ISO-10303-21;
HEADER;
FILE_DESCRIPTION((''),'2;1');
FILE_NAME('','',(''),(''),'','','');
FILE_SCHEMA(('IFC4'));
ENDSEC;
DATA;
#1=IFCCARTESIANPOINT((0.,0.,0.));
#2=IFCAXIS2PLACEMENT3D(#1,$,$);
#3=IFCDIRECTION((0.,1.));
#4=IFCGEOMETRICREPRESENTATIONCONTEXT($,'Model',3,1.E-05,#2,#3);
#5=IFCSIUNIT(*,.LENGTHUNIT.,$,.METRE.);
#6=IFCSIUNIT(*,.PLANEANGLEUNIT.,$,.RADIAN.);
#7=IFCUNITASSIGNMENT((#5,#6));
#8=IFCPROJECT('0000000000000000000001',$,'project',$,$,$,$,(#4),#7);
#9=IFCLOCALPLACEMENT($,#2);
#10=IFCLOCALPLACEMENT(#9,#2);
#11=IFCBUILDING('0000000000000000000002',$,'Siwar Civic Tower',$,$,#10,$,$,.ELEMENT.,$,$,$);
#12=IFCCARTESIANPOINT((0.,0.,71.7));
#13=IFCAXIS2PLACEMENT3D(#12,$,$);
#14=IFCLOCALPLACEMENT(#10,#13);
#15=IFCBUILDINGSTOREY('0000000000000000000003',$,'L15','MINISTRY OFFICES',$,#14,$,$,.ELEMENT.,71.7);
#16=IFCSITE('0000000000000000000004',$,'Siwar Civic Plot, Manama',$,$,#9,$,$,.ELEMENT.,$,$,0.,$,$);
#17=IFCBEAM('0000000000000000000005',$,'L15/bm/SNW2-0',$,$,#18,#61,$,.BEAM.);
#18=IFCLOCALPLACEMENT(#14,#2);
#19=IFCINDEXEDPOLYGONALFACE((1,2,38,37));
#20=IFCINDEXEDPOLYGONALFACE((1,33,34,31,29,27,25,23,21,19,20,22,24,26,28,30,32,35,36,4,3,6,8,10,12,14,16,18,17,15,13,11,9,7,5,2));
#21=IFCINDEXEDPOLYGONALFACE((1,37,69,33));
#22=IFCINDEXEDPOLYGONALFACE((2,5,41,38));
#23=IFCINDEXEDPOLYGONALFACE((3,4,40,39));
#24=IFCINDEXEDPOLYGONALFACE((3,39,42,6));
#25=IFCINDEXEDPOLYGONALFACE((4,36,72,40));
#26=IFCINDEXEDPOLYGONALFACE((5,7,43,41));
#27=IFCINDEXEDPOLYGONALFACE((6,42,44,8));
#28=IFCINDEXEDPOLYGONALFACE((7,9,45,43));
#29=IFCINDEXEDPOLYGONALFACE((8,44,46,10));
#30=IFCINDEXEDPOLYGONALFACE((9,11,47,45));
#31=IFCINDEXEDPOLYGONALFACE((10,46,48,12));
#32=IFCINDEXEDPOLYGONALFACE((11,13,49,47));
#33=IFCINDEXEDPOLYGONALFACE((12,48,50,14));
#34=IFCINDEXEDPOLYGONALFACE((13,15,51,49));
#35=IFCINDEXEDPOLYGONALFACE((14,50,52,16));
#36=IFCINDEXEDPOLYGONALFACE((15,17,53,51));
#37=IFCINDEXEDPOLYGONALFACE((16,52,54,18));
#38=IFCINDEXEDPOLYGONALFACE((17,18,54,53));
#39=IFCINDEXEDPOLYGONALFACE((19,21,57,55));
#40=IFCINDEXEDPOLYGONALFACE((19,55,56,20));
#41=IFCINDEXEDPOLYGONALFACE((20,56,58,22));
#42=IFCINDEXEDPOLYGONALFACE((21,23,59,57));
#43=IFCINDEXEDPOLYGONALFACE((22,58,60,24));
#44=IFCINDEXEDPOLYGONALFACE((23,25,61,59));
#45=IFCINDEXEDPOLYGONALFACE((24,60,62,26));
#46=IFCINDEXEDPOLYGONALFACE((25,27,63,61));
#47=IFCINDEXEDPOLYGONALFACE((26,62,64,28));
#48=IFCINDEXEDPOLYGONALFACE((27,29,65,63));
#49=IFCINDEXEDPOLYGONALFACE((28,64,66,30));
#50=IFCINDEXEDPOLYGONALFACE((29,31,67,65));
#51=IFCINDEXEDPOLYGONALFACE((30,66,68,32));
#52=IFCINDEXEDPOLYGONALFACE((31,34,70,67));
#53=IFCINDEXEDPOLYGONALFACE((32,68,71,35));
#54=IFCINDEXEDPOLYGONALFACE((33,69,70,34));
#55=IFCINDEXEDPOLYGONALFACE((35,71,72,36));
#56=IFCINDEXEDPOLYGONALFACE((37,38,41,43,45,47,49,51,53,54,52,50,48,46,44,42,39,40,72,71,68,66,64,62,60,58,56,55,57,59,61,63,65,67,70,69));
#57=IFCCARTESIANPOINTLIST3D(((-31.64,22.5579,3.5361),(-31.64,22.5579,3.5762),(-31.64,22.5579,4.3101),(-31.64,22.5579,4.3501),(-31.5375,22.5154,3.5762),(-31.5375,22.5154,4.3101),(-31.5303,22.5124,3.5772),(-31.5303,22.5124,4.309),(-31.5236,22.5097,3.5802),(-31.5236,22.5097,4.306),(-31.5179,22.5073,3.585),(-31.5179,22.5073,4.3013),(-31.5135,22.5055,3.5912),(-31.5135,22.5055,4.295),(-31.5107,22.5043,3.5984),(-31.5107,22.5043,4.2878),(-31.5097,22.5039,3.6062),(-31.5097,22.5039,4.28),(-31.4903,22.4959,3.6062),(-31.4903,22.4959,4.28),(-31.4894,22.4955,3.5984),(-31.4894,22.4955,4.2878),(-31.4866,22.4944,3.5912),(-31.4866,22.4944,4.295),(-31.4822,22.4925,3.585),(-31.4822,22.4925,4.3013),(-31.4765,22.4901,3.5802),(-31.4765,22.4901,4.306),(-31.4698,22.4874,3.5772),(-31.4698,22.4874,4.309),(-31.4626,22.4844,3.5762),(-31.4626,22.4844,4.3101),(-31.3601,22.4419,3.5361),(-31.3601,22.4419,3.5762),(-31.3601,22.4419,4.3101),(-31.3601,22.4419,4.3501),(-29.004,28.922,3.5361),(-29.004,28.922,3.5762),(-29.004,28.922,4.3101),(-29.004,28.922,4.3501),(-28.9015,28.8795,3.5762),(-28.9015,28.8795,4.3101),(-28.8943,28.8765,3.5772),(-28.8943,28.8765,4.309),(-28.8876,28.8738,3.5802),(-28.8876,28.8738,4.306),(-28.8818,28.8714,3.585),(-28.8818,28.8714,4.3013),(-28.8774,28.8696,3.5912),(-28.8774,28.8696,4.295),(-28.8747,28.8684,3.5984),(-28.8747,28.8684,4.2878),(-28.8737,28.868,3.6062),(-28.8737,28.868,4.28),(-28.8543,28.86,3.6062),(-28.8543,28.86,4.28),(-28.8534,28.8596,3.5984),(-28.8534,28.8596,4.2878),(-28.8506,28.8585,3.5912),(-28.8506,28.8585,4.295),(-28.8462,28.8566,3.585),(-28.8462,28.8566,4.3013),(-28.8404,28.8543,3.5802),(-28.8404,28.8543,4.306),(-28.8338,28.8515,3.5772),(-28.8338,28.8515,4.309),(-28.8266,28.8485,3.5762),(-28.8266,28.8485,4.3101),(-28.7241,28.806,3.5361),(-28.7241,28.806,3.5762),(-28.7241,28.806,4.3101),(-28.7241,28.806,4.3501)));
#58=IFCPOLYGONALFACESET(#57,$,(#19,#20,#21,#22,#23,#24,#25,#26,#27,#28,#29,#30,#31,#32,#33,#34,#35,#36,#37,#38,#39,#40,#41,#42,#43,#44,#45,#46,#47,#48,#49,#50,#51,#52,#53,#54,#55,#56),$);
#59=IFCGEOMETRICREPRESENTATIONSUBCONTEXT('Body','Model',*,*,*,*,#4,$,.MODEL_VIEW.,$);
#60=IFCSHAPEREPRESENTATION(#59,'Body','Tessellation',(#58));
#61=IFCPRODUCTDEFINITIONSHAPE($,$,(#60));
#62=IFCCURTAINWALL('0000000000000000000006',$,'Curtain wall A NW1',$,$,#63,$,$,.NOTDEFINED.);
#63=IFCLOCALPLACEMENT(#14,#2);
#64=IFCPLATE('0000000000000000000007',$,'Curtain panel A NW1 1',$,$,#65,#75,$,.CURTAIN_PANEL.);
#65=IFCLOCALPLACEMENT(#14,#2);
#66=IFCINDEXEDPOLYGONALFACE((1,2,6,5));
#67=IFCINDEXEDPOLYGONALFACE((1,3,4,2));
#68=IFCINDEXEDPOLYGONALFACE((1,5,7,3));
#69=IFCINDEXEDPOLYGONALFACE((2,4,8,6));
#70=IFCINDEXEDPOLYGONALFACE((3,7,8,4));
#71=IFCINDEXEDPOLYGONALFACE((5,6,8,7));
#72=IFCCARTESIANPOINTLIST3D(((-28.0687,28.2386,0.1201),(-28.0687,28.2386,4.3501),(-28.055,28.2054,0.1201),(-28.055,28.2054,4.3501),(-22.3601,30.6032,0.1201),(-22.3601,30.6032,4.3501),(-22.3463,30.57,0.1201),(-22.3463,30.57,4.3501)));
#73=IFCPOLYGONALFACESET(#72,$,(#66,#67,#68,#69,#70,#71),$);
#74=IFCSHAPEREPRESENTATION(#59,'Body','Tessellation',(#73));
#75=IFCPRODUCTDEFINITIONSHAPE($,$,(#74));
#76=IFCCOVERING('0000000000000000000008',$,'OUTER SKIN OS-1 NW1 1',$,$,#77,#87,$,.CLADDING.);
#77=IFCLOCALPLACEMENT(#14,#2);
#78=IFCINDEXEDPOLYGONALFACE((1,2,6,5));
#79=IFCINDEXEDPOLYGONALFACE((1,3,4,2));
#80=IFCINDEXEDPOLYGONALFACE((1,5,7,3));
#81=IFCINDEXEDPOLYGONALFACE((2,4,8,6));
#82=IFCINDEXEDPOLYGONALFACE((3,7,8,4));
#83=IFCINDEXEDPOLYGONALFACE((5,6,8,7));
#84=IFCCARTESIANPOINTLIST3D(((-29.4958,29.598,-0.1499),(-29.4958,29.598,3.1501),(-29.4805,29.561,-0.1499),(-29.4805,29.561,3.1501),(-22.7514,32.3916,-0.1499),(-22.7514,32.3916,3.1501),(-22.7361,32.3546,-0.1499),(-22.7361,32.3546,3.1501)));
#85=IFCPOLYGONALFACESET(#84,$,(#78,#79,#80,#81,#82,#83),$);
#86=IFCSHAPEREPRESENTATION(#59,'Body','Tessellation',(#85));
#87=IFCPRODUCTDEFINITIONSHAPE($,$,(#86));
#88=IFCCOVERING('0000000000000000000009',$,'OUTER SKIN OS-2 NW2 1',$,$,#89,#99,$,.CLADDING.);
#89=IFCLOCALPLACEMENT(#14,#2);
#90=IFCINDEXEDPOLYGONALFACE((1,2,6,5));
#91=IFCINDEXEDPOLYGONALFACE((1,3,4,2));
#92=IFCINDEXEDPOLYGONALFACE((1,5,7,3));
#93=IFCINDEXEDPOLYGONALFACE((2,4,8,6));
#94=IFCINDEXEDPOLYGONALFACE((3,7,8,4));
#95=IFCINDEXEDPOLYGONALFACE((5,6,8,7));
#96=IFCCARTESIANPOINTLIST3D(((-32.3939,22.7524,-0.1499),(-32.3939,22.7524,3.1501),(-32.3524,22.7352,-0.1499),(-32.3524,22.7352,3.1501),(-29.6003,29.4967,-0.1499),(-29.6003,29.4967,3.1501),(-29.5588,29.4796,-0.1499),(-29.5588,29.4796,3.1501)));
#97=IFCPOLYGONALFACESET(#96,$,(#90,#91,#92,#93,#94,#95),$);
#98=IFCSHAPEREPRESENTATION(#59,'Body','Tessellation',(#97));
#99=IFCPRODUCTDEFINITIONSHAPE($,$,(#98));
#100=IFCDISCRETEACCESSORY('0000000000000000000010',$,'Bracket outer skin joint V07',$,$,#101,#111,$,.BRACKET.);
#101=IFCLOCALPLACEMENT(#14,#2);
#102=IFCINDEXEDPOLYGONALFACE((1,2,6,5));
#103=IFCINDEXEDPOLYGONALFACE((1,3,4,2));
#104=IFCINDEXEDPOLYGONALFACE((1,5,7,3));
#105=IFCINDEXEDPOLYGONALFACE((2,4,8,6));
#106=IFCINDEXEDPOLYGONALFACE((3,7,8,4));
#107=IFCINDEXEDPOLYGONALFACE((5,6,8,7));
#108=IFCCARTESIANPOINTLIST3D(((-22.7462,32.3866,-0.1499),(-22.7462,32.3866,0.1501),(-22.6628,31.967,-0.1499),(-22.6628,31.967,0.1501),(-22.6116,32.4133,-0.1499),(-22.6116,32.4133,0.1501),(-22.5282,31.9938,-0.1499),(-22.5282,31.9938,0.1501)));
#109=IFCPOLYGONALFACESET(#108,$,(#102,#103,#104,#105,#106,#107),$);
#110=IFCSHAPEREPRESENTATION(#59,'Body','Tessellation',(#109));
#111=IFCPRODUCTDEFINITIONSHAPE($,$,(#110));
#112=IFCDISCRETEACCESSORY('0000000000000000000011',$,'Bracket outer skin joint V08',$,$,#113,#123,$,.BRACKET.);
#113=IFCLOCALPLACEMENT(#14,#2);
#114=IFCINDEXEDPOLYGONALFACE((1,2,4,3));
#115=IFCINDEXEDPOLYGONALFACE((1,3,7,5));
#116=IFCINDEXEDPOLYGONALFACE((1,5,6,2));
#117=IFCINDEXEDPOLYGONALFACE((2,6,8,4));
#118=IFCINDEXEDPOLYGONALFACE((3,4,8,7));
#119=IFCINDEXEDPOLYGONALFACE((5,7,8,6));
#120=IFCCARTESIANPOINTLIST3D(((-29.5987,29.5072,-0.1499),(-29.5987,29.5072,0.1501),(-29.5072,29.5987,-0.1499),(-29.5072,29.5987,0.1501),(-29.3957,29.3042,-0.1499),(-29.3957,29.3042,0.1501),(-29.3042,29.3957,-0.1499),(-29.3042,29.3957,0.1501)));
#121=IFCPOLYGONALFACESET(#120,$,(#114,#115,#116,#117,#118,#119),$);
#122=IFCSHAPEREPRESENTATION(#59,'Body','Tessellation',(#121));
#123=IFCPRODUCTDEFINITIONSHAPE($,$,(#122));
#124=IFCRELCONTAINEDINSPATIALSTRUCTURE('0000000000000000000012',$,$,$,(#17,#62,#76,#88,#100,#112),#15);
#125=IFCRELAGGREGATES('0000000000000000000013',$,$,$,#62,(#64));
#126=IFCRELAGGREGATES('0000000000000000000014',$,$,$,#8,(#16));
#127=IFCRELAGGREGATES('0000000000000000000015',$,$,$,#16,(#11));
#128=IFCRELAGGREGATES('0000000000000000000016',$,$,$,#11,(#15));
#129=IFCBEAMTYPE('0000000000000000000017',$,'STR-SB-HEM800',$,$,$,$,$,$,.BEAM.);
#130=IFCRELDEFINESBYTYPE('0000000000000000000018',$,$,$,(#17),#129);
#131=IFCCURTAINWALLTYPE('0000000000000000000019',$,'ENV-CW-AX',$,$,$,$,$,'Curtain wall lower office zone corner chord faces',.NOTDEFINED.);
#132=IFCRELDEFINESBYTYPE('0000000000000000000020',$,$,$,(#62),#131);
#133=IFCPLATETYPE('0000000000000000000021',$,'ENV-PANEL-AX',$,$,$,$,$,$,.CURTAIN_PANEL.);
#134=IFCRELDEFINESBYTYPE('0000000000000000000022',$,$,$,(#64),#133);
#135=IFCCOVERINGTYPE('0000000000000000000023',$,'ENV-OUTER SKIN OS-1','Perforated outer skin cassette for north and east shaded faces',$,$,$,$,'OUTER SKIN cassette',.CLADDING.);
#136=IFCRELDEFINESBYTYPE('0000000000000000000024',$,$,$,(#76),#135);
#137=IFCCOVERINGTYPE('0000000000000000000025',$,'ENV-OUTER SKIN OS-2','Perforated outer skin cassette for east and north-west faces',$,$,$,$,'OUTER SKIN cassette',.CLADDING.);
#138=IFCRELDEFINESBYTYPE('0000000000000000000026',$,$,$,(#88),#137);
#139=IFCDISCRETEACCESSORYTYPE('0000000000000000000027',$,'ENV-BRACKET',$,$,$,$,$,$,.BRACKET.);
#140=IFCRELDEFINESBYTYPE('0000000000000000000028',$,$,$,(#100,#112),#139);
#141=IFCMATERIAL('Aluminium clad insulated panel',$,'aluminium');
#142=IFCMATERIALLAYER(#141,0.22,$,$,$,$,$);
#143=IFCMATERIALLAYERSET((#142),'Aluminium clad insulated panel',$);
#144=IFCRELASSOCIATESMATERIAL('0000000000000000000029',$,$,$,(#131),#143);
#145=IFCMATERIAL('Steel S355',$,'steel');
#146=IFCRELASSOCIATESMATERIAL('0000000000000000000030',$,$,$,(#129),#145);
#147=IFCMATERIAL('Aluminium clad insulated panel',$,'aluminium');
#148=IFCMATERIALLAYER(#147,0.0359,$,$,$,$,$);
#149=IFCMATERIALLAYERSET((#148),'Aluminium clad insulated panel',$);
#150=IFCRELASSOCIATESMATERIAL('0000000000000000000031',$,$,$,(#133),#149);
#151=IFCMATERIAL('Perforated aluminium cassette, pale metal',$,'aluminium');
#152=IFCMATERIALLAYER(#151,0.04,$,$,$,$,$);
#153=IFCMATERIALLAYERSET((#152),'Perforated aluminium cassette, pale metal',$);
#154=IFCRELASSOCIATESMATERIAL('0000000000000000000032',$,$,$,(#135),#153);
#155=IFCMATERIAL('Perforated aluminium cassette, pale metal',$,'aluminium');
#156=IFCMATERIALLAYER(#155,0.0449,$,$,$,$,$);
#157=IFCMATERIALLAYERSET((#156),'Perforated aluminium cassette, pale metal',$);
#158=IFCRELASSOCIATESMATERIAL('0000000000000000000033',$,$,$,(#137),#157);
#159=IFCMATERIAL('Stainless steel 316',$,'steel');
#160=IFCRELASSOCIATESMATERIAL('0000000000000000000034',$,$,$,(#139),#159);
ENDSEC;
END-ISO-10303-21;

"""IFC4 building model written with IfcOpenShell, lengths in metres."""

from ifc_helpers import new_model, si_unit, direction, frame, origin, origin_2d, place, context, subcontext, project, spatial, rectangle, i_section, extrude, material, layer, layer_set, material_profile, profile_set, type_object, element, aggregate, save


model = new_model("IFC4")

# Units and contexts
model_context = context("Model", 3, precision=1e-05, world=origin(), true_north=direction((0.0, 1.0)))
body_context = subcontext(model_context, "Body", "Model", "MODEL_VIEW")
ifc_project = project(units=[si_unit("LENGTHUNIT", "METRE"), si_unit("PLANEANGLEUNIT", "RADIAN")], contexts=[model_context])

# Site, building, storey
site_placement = place(None, origin())
site = spatial("IfcSite", under=ifc_project, at=site_placement, Name="Siwar Civic Plot, Manama", CompositionType="ELEMENT", RefElevation=0.0)
building_placement = place(site_placement, origin())
building = spatial("IfcBuilding", under=site, at=building_placement, Name="Siwar Civic Tower", CompositionType="ELEMENT")
storey_placement = place(building_placement, frame((0.0, 0.0, 71.7)))
storey = spatial("IfcBuildingStorey", under=building, at=storey_placement, Name="L15", Description="MINISTRY OFFICES", CompositionType="ELEMENT", Elevation=71.7)

# Shared definitions
ifc_material_1 = material(Name="Aluminium clad insulated panel", Category="aluminium")
ifc_layer_1 = layer(ifc_material_1, 0.22)
ifc_layer_set_1 = layer_set([ifc_layer_1], Name="Aluminium clad insulated panel")
curtain_wall_type = type_object("IfcCurtainWallType", Name="ENV-CW-AX", ElementType="Curtain wall lower office zone corner chord faces", PredefinedType="NOTDEFINED", material=ifc_layer_set_1)

# Beam
ifc_material_2 = material(Name="Steel S355", Category="steel")
ifc_material_profile_1 = material_profile(ifc_material_2, i_section(OverallWidth=0.303, OverallDepth=0.814, WebThickness=0.021, FlangeThickness=0.04, FilletRadius=0.03, at=origin_2d()), Name="HEM800")
ifc_profile_set_1 = profile_set([ifc_material_profile_1], Name="Steel S355")
beam_type_1 = type_object("IfcBeamType", Name="STR-SB-HEM800", PredefinedType="BEAM", material=ifc_profile_set_1)
beam_1_placement = place(storey_placement, frame((-28.864, 28.864, 3.9431), z_axis=(-0.382674, -0.923883, 0.0), x_axis=(0.923883, -0.382674, 0.0)))
element("IfcBeam", 1, at=beam_1_placement, inside=storey, type_object=beam_type_1, Name="L15/bm/SNW2-0", PredefinedType="BEAM", context=body_context, shape_type="SweptSolid", body=[
    extrude(i_section(OverallWidth=0.303, OverallDepth=0.814, WebThickness=0.021, FlangeThickness=0.04, FilletRadius=0.03, at=origin_2d()), origin(), (0.0, 0.0, 1.0), 6.8884),
])

# Curtain wall, plate
curtain_wall_1_placement = place(storey_placement, origin())
curtain_wall_1 = element("IfcCurtainWall", 2, at=curtain_wall_1_placement, inside=storey, type_object=curtain_wall_type, Name="Curtain wall A NW1", PredefinedType="NOTDEFINED")
ifc_material_3 = material(Name="Aluminium clad insulated panel", Category="aluminium")
ifc_layer_2 = layer(ifc_material_3, 0.0359)
ifc_layer_set_2 = layer_set([ifc_layer_2], Name="Aluminium clad insulated panel")
plate_type = type_object("IfcPlateType", Name="ENV-PANEL-AX", PredefinedType="CURTAIN_PANEL", material=ifc_layer_set_2)
plate_placement = place(storey_placement, frame((-25.2075, 29.4043, 0.1201), z_axis=(0.0, 0.0, 1.0), x_axis=(-0.92388, -0.382683, 0.0)))
plate = element("IfcPlate", 3, at=plate_placement, type_object=plate_type, Name="Curtain panel A NW1 1", PredefinedType="CURTAIN_PANEL", context=body_context, shape_type="SweptSolid", body=[
    extrude(rectangle(XDim=6.179, YDim=0.0359, at=origin_2d()), origin(), (0.0, 0.0, 1.0), 4.23),
])
aggregate(curtain_wall_1, [plate])

# Coverings
ifc_material_4 = material(Name="Perforated aluminium cassette, pale metal", Category="aluminium")
ifc_layer_3 = layer(ifc_material_4, 0.04)
ifc_layer_set_3 = layer_set([ifc_layer_3], Name="Perforated aluminium cassette, pale metal")
covering_type_1 = type_object("IfcCoveringType", Name="ENV-OUTER SKIN OS-1", Description="Perforated outer skin cassette for north and east shaded faces", ElementType="OUTER SKIN cassette", PredefinedType="CLADDING", material=ifc_layer_set_3)
covering_1_placement = place(storey_placement, frame((-26.116, 30.9763, -0.1499), z_axis=(0.0, 0.0, 1.0), x_axis=(-0.92388, -0.382683, 0.0)))
element("IfcCovering", 4, at=covering_1_placement, inside=storey, type_object=covering_type_1, Name="OUTER SKIN OS-1 NW1 1", PredefinedType="CLADDING", context=body_context, shape_type="SweptSolid", body=[
    extrude(rectangle(XDim=7.3, YDim=0.04, at=origin_2d()), origin(), (0.0, 0.0, 1.0), 3.3),
])
ifc_material_5 = material(Name="Perforated aluminium cassette, pale metal", Category="aluminium")
ifc_layer_4 = layer(ifc_material_5, 0.0449)
ifc_layer_set_4 = layer_set([ifc_layer_4], Name="Perforated aluminium cassette, pale metal")
covering_type_2 = type_object("IfcCoveringType", Name="ENV-OUTER SKIN OS-2", Description="Perforated outer skin cassette for east and north-west faces", ElementType="OUTER SKIN cassette", PredefinedType="CLADDING", material=ifc_layer_set_4)
covering_2_placement = place(storey_placement, frame((-30.9763, 26.116, -0.1499), z_axis=(0.0, 0.0, 1.0), x_axis=(-0.382683, -0.92388, 0.0)))
element("IfcCovering", 5, at=covering_2_placement, inside=storey, type_object=covering_type_2, Name="OUTER SKIN OS-2 NW2 1", PredefinedType="CLADDING", context=body_context, shape_type="SweptSolid", body=[
    extrude(rectangle(XDim=7.3, YDim=0.0449, at=origin_2d()), origin(), (0.0, 0.0, 1.0), 3.3),
])

# Discrete accessories
ifc_material_6 = material(Name="Stainless steel 316", Category="steel")
discrete_accessory_type = type_object("IfcDiscreteAccessoryType", Name="ENV-BRACKET", PredefinedType="BRACKET", material=ifc_material_6)
discrete_accessory_1_placement = place(storey_placement, frame((-22.6372, 32.1902, -0.1499), z_axis=(0.0, 0.0, 1.0), x_axis=(-0.19509, 0.980785, 0.0)))
element("IfcDiscreteAccessory", 6, at=discrete_accessory_1_placement, inside=storey, type_object=discrete_accessory_type, Name="Bracket outer skin joint V07", PredefinedType="BRACKET", context=body_context, shape_type="SweptSolid", body=[
    extrude(rectangle(XDim=0.4277, YDim=0.1372, at=origin_2d()), origin(), (0.0, 0.0, 1.0), 0.3),
])
discrete_accessory_2_placement = place(storey_placement, frame((-29.4514, 29.4514, -0.1499), z_axis=(0.0, 0.0, 1.0), x_axis=(-0.707107, 0.707107, 0.0)))
element("IfcDiscreteAccessory", 7, at=discrete_accessory_2_placement, inside=storey, type_object=discrete_accessory_type, Name="Bracket outer skin joint V08", PredefinedType="BRACKET", context=body_context, shape_type="SweptSolid", body=[
    extrude(rectangle(XDim=0.2871, YDim=0.1294, at=origin_2d()), origin(), (0.0, 0.0, 1.0), 0.3),
])

save(model, "model.ifc")
